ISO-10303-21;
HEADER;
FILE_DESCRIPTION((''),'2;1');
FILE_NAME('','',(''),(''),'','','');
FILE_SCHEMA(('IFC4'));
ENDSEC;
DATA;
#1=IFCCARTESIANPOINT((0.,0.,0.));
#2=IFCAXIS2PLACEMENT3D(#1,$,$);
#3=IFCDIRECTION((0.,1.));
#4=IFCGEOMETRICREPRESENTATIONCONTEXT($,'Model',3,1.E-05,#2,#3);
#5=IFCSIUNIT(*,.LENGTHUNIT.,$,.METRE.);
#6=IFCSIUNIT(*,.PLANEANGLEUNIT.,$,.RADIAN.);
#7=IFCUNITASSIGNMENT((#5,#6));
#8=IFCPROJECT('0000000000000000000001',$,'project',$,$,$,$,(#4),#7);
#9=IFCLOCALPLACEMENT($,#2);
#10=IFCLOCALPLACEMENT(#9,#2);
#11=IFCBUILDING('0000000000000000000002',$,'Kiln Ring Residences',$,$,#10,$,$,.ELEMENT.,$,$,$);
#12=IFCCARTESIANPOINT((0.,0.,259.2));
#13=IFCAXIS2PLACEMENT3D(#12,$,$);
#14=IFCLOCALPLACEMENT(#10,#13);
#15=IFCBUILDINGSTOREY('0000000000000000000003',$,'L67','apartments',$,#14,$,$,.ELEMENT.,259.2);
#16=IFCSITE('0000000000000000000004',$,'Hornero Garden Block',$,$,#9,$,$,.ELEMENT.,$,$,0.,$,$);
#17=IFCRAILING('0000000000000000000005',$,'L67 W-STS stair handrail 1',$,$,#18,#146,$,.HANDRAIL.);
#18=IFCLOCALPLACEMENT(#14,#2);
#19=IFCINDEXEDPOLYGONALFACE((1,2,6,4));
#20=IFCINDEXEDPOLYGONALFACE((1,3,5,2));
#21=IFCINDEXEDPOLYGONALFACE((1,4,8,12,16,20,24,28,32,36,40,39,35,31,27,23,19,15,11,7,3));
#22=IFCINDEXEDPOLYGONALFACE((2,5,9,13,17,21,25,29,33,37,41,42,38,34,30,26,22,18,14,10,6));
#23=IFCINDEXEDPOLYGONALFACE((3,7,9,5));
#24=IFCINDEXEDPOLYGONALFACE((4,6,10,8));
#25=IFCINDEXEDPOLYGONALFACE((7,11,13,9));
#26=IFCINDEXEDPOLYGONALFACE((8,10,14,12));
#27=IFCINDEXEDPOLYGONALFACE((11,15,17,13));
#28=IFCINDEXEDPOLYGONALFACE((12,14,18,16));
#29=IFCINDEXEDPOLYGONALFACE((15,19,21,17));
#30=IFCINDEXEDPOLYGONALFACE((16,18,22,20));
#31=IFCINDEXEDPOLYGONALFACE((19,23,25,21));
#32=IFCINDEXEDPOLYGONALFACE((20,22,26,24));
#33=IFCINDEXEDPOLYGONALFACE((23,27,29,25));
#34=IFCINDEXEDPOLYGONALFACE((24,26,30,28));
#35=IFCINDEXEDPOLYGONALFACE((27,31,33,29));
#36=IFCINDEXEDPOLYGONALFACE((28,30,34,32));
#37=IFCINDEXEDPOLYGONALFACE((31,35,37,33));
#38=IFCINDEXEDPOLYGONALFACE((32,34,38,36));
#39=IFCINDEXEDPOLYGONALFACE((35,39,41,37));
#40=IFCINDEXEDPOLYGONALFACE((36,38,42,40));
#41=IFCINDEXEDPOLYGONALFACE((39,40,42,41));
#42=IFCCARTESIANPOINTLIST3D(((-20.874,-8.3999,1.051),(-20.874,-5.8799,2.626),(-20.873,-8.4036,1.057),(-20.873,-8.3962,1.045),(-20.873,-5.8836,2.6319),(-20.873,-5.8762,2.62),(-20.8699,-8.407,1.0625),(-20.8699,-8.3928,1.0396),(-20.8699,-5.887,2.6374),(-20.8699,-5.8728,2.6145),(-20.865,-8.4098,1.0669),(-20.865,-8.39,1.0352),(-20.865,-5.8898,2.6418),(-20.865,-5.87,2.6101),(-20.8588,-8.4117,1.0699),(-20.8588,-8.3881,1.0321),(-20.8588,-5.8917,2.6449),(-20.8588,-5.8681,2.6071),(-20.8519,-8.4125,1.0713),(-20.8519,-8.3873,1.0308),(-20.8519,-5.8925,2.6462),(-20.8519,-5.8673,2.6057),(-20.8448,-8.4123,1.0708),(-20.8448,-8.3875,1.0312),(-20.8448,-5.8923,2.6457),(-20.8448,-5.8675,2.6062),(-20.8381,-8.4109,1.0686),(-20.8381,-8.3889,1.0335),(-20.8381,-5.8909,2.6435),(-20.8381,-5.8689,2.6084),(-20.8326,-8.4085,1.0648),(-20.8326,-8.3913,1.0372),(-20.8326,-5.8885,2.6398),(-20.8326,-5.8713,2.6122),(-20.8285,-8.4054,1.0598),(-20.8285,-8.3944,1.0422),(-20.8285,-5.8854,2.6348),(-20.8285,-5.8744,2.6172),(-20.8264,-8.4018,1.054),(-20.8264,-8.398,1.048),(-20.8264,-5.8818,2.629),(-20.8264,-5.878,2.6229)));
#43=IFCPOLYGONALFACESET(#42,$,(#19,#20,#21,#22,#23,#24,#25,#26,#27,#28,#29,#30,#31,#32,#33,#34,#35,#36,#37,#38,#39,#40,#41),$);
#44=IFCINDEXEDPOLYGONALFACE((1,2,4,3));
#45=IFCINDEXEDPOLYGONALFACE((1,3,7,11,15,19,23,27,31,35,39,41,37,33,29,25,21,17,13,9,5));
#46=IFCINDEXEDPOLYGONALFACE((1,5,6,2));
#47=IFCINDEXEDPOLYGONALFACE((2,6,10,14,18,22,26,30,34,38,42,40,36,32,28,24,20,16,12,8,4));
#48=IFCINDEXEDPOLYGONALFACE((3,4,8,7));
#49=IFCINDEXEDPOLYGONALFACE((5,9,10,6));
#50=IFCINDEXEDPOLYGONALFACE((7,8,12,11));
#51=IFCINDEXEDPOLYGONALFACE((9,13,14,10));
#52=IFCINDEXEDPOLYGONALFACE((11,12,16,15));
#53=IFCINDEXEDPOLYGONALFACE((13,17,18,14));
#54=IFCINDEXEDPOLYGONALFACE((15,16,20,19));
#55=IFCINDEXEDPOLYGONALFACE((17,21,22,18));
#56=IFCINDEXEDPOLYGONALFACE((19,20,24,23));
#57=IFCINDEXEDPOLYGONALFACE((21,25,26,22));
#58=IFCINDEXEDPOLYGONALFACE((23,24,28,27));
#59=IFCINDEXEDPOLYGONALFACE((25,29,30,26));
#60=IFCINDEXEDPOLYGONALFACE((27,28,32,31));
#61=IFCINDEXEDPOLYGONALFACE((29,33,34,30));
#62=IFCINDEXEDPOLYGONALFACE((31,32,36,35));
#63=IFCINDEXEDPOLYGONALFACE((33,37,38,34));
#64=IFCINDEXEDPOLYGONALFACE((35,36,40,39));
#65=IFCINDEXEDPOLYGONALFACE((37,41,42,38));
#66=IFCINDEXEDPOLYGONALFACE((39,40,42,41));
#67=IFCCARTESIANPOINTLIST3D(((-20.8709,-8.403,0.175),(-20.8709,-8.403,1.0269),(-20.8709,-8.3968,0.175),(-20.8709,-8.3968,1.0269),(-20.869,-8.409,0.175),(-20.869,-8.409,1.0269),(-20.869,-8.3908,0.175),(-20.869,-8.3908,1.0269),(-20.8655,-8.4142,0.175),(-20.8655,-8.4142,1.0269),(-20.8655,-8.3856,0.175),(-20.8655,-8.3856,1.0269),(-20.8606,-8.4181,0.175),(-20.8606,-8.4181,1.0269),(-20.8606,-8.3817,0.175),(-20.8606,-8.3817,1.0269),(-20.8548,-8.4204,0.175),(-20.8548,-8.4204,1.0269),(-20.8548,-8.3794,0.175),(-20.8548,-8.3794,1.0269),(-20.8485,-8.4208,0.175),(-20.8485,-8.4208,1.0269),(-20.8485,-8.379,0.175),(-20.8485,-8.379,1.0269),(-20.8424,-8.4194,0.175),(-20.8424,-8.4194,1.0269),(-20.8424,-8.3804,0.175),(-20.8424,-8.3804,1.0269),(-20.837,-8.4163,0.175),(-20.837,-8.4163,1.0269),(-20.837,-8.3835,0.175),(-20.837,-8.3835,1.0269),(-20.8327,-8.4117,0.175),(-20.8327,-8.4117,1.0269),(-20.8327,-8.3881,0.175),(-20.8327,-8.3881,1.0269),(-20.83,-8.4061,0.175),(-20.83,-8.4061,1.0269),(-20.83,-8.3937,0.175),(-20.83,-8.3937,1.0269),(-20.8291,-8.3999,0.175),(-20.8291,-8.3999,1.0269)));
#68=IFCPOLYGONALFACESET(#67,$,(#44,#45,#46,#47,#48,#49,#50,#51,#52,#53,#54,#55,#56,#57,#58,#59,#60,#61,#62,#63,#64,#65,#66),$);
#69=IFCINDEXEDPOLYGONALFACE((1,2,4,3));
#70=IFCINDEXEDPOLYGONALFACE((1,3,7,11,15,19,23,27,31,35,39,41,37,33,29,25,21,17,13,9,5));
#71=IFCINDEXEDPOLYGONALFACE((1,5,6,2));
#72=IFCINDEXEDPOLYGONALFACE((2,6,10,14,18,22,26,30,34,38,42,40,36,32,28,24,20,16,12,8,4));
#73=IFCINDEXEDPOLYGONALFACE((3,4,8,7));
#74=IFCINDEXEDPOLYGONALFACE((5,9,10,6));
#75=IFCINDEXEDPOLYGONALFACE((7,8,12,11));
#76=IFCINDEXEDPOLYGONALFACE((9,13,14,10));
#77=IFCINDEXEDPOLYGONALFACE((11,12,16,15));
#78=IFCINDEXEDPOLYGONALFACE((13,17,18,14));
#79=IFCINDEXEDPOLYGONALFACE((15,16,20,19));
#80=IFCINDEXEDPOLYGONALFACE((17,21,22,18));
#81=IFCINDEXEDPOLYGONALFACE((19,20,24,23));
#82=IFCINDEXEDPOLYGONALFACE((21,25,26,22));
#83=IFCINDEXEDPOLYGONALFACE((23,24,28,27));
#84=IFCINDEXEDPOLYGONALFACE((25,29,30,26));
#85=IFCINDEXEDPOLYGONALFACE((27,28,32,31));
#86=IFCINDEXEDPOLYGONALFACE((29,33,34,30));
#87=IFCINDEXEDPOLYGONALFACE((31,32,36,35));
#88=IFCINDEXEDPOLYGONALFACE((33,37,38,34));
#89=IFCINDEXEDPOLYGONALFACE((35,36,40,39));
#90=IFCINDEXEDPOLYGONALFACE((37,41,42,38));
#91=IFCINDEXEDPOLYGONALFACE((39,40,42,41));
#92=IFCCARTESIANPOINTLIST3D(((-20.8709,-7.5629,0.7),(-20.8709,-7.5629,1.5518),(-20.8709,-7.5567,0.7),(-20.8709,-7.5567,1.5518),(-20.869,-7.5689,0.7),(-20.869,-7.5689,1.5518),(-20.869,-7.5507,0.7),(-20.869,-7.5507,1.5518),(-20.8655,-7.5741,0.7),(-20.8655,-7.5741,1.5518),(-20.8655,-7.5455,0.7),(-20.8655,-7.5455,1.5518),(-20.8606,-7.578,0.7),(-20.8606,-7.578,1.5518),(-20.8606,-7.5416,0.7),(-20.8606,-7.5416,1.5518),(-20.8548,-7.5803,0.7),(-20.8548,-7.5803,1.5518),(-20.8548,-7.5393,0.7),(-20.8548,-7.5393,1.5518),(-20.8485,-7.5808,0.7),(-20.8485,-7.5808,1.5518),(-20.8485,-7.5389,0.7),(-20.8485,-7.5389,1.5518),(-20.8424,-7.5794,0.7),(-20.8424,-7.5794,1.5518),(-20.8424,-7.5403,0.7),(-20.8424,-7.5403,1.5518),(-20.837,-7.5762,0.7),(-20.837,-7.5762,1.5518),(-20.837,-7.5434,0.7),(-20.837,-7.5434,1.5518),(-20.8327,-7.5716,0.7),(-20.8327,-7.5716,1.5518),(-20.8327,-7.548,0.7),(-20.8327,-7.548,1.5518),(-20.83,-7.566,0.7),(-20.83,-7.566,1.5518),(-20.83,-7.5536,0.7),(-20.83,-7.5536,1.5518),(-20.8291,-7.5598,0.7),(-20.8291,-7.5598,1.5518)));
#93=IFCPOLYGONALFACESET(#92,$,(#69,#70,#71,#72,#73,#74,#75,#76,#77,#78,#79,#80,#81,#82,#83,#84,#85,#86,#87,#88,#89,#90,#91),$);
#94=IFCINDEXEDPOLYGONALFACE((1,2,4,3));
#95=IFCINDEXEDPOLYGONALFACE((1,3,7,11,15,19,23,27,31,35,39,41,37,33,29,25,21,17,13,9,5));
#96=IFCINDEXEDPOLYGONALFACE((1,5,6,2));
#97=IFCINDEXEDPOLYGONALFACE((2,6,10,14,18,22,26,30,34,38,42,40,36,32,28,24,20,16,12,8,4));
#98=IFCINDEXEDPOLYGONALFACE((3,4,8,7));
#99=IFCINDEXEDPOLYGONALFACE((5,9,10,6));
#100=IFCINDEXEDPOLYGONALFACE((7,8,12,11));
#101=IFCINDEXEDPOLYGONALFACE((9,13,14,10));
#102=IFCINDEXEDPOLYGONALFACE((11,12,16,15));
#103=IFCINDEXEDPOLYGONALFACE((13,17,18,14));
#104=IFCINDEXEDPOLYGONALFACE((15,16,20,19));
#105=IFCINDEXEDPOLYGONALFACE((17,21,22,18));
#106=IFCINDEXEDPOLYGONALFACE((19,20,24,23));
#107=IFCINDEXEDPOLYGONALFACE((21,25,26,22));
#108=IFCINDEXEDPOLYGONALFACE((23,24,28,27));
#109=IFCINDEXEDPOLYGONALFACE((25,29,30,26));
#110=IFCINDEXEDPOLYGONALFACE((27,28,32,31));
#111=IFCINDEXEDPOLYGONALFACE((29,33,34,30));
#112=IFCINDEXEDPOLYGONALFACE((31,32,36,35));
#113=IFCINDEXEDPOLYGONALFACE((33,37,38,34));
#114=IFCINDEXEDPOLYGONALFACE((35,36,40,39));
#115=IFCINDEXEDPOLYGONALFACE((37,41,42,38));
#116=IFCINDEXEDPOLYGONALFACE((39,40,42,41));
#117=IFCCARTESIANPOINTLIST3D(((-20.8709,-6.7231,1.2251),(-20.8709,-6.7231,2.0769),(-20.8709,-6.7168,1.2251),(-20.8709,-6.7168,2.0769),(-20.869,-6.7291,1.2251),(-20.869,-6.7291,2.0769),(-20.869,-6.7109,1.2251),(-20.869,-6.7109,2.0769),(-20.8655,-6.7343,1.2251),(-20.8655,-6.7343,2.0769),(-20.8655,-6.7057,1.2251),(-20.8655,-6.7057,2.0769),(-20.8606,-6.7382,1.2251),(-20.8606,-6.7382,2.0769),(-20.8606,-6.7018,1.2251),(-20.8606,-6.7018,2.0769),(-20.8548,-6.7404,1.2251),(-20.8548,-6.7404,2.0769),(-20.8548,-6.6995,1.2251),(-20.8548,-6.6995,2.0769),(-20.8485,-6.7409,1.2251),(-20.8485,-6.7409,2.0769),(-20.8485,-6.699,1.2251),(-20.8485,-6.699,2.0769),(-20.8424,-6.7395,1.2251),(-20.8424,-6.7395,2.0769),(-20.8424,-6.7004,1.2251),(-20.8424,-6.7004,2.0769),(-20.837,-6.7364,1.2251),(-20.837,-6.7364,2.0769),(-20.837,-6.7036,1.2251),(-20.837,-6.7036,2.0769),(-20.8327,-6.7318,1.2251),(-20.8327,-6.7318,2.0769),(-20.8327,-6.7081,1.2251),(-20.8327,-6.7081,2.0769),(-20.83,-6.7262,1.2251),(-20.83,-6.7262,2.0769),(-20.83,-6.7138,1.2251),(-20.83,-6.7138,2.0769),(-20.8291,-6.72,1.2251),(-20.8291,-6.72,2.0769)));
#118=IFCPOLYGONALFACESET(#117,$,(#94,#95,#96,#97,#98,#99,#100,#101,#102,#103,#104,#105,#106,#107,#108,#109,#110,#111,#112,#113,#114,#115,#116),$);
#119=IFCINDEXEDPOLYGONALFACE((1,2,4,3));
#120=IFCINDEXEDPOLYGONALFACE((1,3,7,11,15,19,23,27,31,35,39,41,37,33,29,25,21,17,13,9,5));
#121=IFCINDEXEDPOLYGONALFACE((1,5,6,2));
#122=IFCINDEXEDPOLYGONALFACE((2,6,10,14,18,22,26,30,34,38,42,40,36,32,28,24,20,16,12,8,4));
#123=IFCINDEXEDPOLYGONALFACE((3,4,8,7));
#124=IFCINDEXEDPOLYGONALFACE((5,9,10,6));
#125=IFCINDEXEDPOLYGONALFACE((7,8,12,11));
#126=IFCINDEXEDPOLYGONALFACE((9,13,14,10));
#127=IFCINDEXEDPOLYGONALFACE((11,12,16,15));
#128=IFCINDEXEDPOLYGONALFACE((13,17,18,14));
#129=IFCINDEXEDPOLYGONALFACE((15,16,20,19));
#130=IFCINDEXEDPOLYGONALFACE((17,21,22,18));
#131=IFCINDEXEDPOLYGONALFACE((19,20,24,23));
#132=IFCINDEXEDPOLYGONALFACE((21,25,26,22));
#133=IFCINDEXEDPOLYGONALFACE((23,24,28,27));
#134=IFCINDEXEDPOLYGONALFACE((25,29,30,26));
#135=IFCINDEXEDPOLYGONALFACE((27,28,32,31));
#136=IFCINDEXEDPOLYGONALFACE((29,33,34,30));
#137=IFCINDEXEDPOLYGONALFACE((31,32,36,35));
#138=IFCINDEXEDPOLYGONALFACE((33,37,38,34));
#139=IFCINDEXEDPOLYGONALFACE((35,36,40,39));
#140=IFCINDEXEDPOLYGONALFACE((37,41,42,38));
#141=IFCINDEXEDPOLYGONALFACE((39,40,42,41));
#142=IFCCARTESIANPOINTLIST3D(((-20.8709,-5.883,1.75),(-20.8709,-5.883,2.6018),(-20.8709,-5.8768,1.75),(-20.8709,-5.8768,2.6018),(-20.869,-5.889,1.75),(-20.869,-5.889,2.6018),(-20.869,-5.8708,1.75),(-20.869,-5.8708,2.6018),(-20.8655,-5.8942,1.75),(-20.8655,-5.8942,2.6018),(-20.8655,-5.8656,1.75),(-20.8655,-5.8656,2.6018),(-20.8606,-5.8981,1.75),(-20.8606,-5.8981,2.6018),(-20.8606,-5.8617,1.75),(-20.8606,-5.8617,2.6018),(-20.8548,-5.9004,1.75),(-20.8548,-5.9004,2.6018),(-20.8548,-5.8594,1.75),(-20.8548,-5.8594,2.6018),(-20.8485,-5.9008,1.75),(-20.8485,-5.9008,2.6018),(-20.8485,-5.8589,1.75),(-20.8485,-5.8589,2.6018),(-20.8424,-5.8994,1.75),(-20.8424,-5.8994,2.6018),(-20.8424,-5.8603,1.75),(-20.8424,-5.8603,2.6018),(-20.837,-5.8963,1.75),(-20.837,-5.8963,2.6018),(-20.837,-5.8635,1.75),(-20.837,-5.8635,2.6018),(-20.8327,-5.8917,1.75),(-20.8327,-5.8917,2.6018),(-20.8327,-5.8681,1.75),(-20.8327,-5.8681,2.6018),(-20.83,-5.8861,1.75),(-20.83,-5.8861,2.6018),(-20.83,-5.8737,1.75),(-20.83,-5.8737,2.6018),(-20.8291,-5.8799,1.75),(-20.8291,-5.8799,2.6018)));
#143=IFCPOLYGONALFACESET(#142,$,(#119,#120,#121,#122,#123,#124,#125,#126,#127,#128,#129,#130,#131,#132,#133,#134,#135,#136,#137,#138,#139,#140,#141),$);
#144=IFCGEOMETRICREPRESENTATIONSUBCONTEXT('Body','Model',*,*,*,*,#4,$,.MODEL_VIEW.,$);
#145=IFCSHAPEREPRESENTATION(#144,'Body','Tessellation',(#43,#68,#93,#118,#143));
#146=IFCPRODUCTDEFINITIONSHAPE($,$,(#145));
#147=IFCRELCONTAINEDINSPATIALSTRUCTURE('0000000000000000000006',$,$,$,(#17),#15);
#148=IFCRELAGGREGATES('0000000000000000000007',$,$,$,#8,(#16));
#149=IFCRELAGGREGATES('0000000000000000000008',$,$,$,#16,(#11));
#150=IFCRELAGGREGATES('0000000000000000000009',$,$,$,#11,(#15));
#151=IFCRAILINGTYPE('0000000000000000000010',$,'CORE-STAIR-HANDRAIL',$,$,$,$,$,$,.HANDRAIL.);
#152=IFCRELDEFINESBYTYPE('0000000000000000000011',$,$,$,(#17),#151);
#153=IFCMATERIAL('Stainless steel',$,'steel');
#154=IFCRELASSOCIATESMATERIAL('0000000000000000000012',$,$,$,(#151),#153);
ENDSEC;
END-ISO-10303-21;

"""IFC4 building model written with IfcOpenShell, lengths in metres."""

from ifc_helpers import new_model, si_unit, direction, frame, origin, origin_2d, place, context, subcontext, project, spatial, circle, extrude, material, type_object, element, save


model = new_model("IFC4")

# Units and contexts
model_context = context("Model", 3, precision=1e-05, world=origin(), true_north=direction((0.0, 1.0)))
body_context = subcontext(model_context, "Body", "Model", "MODEL_VIEW")
ifc_project = project(units=[si_unit("LENGTHUNIT", "METRE"), si_unit("PLANEANGLEUNIT", "RADIAN")], contexts=[model_context])

# Site, building, storey
site_placement = place(None, origin())
site = spatial("IfcSite", under=ifc_project, at=site_placement, Name="Hornero Garden Block", CompositionType="ELEMENT", RefElevation=0.0)
building_placement = place(site_placement, origin())
building = spatial("IfcBuilding", under=site, at=building_placement, Name="Kiln Ring Residences", CompositionType="ELEMENT")
storey_placement = place(building_placement, frame((0.0, 0.0, 259.2)))
storey = spatial("IfcBuildingStorey", under=building, at=storey_placement, Name="L67", Description="apartments", CompositionType="ELEMENT", Elevation=259.2)

# Railing
ifc_material_1 = material(Name="Stainless steel", Category="steel")
railing_type_1 = type_object("IfcRailingType", Name="CORE-STAIR-HANDRAIL", PredefinedType="HANDRAIL", material=ifc_material_1)
railing_1_placement = place(storey_placement, frame((-20.8501, -8.3999, 0.175)))
element("IfcRailing", 1, at=railing_1_placement, inside=storey, type_object=railing_type_1, Name="L67 W-STS stair handrail 1", PredefinedType="HANDRAIL", context=body_context, shape_type="SweptSolid", body=[
    extrude(circle(Radius=0.0239, at=origin_2d()), frame((0.0, 0.0, 0.876), z_axis=(0.0, 0.848008, 0.529984), x_axis=(-1.0, 0.0, 0.0)), (0.0, 0.0, 1.0), 2.9717),
    extrude(circle(Radius=0.021, at=origin_2d()), origin(), (0.0, 0.0, 1.0), 0.8518),
    extrude(circle(Radius=0.021, at=origin_2d()), frame((0.0, 0.8401, 0.5249)), (0.0, 0.0, 1.0), 0.8518),
    extrude(circle(Radius=0.021, at=origin_2d()), frame((0.0, 1.6799, 1.05)), (0.0, 0.0, 1.0), 0.8518),
    extrude(circle(Radius=0.021, at=origin_2d()), frame((0.0, 2.52, 1.575)), (0.0, 0.0, 1.0), 0.8518),
])

save(model, "model.ifc")
